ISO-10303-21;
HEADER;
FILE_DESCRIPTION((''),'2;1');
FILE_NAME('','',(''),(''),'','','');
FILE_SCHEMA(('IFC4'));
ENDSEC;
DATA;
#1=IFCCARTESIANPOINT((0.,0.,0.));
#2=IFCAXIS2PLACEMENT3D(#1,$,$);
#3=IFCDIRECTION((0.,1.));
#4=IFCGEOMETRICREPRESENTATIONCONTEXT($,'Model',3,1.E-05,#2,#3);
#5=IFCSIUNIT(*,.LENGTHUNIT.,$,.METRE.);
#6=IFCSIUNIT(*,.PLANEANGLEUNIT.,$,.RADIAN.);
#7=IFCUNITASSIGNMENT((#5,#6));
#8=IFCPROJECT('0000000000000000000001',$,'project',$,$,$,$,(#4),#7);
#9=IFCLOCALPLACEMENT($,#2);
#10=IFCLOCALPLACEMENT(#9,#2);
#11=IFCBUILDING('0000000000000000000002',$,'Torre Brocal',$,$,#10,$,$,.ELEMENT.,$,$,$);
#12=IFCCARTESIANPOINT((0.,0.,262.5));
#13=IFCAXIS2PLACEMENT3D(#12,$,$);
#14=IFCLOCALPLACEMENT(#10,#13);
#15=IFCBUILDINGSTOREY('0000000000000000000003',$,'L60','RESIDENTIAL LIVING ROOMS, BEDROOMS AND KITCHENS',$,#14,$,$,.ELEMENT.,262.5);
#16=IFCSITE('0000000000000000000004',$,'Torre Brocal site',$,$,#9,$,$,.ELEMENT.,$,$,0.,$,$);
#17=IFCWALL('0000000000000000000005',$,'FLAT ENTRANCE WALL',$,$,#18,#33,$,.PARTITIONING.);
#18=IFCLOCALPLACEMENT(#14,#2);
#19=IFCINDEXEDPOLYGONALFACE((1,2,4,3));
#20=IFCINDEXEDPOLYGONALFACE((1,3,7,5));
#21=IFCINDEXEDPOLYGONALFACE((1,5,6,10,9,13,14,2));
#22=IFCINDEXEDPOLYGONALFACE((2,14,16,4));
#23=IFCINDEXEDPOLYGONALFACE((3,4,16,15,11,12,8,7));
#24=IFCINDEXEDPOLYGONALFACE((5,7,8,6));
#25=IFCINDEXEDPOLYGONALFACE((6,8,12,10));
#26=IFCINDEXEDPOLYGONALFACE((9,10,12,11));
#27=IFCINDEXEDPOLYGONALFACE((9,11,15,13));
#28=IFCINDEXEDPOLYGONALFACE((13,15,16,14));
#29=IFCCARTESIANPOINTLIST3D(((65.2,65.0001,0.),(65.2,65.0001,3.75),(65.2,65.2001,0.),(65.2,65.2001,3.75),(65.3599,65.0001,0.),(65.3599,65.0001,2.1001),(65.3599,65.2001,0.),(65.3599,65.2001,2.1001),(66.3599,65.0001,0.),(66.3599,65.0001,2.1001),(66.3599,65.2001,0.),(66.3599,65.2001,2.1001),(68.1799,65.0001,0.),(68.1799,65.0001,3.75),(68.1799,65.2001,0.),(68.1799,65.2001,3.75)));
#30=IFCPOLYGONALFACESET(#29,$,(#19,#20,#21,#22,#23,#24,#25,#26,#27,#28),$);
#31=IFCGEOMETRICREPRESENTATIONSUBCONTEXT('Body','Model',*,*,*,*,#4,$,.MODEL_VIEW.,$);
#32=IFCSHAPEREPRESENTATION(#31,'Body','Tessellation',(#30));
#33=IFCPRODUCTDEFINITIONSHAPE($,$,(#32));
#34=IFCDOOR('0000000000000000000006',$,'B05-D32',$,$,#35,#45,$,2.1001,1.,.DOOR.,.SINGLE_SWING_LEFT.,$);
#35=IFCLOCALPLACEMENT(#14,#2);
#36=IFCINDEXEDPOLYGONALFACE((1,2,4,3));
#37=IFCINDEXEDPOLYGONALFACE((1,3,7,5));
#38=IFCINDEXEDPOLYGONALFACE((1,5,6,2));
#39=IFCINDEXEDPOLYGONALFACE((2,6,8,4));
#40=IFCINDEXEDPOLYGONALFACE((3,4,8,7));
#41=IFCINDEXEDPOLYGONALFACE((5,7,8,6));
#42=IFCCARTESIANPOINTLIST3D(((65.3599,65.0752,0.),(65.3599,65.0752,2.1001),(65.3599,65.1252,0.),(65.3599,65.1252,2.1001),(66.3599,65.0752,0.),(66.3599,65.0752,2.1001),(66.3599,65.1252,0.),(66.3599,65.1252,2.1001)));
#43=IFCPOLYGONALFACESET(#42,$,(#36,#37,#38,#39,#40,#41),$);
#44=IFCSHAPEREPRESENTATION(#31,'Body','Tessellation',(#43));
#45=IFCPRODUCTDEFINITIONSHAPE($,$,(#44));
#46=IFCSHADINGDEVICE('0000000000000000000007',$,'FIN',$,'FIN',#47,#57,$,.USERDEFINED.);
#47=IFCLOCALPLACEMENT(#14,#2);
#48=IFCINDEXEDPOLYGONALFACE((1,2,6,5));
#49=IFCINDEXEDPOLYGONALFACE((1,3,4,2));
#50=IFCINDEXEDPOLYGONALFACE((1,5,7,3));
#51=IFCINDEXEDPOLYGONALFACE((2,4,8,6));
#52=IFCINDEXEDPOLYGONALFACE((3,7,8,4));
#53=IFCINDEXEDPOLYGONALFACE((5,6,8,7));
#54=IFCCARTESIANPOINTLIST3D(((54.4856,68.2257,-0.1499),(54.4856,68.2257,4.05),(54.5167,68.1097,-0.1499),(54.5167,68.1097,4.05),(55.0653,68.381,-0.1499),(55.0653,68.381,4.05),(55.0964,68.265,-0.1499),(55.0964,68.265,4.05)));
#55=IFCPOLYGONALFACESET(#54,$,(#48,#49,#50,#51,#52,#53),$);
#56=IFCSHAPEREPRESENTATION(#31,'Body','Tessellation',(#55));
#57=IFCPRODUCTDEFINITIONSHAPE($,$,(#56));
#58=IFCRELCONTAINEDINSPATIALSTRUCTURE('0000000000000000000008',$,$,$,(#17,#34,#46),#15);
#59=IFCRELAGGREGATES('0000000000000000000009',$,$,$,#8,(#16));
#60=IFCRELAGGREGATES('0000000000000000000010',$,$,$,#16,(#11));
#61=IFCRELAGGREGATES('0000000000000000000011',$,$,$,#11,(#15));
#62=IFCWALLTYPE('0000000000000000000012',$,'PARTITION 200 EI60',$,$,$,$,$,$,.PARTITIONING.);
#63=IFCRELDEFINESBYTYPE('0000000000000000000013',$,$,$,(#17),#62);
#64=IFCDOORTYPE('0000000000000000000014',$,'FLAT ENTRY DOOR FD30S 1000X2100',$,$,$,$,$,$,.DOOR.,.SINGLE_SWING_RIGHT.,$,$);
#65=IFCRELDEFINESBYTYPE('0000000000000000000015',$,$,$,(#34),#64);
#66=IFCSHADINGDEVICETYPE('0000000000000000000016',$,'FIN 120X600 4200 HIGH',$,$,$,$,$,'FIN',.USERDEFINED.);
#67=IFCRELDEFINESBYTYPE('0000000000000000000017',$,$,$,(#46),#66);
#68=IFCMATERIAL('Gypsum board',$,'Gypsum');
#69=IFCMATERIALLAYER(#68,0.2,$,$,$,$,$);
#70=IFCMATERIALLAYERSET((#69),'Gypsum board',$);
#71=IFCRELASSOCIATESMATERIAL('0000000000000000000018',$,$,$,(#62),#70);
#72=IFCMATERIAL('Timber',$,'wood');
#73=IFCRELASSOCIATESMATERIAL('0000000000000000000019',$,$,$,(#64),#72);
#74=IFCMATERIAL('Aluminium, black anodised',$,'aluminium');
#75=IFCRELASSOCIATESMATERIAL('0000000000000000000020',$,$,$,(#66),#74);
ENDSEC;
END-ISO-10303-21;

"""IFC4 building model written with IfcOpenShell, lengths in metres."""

from ifc_helpers import new_model, si_unit, direction, frame, frame_2d, origin, origin_2d, place, context, subcontext, project, spatial, rectangle, extrude, material, layer, layer_set, material_profile, profile_set, type_object, element, fill, save


model = new_model("IFC4")

# Units and contexts
model_context = context("Model", 3, precision=1e-05, world=origin(), true_north=direction((0.0, 1.0)))
body_context = subcontext(model_context, "Body", "Model", "MODEL_VIEW")
ifc_project = project(units=[si_unit("LENGTHUNIT", "METRE"), si_unit("PLANEANGLEUNIT", "RADIAN")], contexts=[model_context])

# Site, building, storey
site_placement = place(None, origin())
site = spatial("IfcSite", under=ifc_project, at=site_placement, Name="Torre Brocal site", CompositionType="ELEMENT", RefElevation=0.0)
building_placement = place(site_placement, origin())
building = spatial("IfcBuilding", under=site, at=building_placement, Name="Torre Brocal", CompositionType="ELEMENT")
storey_placement = place(building_placement, frame((0.0, 0.0, 262.5)))
storey = spatial("IfcBuildingStorey", under=building, at=storey_placement, Name="L60", Description="RESIDENTIAL LIVING ROOMS, BEDROOMS AND KITCHENS", CompositionType="ELEMENT", Elevation=262.5)

# Wall, opening, door
ifc_material_1 = material(Name="Gypsum board", Category="Gypsum")
ifc_layer_1 = layer(ifc_material_1, 0.2)
ifc_layer_set_1 = layer_set([ifc_layer_1], Name="Gypsum board")
wall_type_1 = type_object("IfcWallType", Name="PARTITION 200 EI60", PredefinedType="PARTITIONING", material=ifc_layer_set_1)
wall_1_placement = place(storey_placement, frame((65.2, 65.1001, 0.0), z_axis=(0.0, 0.0, 1.0), x_axis=(1.0, 0.0, 0.0)))
wall_1 = element("IfcWall", 1, at=wall_1_placement, inside=storey, type_object=wall_type_1, Name="FLAT ENTRANCE WALL", PredefinedType="PARTITIONING", context=body_context, shape_type="SweptSolid", body=[
    extrude(rectangle(XDim=2.98, YDim=0.2, at=frame_2d((1.49, 0.0))), origin(), (0.0, 0.0, 1.0), 3.75),
])
opening_1_placement = place(wall_1_placement, frame((0.1599, 0.0, 0.0)))
opening_1 = element("IfcOpeningElement", 2, at=opening_1_placement, cuts=wall_1, PredefinedType="OPENING", context=body_context, shape_type="SweptSolid", body=[
    extrude(rectangle(XDim=1.0, YDim=2.1001, at=frame_2d((0.5, 1.05))), frame((0.0, 0.1099, 0.0), z_axis=(0.0, -1.0, 0.0), x_axis=(1.0, 0.0, 0.0)), (0.0, 0.0, 1.0), 0.22),
])
ifc_material_2 = material(Name="Timber", Category="wood")
door_type_1 = type_object("IfcDoorType", Name="FLAT ENTRY DOOR FD30S 1000X2100", OperationType="SINGLE_SWING_RIGHT", PredefinedType="DOOR", material=ifc_material_2)
door_1_placement = place(opening_1_placement, frame((1.0, 0.0, 0.0), z_axis=(0.0, 0.0, 1.0), x_axis=(-1.0, 0.0, 0.0)))
door_1 = element("IfcDoor", 3, at=door_1_placement, inside=storey, type_object=door_type_1, Name="B05-D32", OperationType="SINGLE_SWING_LEFT", OverallHeight=2.1001, OverallWidth=1.0, PredefinedType="DOOR", context=body_context, shape_type="SweptSolid", body=[
    extrude(rectangle(XDim=1.0, YDim=2.1001, at=frame_2d((0.5, 1.05))), frame((0.0, 0.0249, 0.0), z_axis=(0.0, -1.0, 0.0), x_axis=(1.0, 0.0, 0.0)), (0.0, 0.0, 1.0), 0.05),
])
fill(opening_1, door_1)

# Shading device
ifc_material_3 = material(Name="Aluminium, black anodised", Category="aluminium")
ifc_material_profile_1 = material_profile(ifc_material_3, rectangle(XDim=0.1201, YDim=0.6001, at=origin_2d()), Name="FIN 120X600 4200 HIGH")
ifc_profile_set_1 = profile_set([ifc_material_profile_1], Name="Aluminium, black anodised")
shading_device_type = type_object("IfcShadingDeviceType", Name="FIN 120X600 4200 HIGH", ElementType="FIN", PredefinedType="USERDEFINED", material=ifc_profile_set_1)
shading_device_placement = place(storey_placement, frame((54.791, 68.2454, -0.1499), z_axis=(0.0, 0.0, 1.0), x_axis=(0.258819, -0.965926, 0.0)))
element("IfcShadingDevice", 4, at=shading_device_placement, inside=storey, type_object=shading_device_type, Name="FIN", ObjectType="FIN", PredefinedType="USERDEFINED", context=body_context, shape_type="SweptSolid", body=[
    extrude(rectangle(XDim=0.1201, YDim=0.6001, at=origin_2d()), origin(), (0.0, 0.0, 1.0), 4.2),
])

save(model, "model.ifc")
